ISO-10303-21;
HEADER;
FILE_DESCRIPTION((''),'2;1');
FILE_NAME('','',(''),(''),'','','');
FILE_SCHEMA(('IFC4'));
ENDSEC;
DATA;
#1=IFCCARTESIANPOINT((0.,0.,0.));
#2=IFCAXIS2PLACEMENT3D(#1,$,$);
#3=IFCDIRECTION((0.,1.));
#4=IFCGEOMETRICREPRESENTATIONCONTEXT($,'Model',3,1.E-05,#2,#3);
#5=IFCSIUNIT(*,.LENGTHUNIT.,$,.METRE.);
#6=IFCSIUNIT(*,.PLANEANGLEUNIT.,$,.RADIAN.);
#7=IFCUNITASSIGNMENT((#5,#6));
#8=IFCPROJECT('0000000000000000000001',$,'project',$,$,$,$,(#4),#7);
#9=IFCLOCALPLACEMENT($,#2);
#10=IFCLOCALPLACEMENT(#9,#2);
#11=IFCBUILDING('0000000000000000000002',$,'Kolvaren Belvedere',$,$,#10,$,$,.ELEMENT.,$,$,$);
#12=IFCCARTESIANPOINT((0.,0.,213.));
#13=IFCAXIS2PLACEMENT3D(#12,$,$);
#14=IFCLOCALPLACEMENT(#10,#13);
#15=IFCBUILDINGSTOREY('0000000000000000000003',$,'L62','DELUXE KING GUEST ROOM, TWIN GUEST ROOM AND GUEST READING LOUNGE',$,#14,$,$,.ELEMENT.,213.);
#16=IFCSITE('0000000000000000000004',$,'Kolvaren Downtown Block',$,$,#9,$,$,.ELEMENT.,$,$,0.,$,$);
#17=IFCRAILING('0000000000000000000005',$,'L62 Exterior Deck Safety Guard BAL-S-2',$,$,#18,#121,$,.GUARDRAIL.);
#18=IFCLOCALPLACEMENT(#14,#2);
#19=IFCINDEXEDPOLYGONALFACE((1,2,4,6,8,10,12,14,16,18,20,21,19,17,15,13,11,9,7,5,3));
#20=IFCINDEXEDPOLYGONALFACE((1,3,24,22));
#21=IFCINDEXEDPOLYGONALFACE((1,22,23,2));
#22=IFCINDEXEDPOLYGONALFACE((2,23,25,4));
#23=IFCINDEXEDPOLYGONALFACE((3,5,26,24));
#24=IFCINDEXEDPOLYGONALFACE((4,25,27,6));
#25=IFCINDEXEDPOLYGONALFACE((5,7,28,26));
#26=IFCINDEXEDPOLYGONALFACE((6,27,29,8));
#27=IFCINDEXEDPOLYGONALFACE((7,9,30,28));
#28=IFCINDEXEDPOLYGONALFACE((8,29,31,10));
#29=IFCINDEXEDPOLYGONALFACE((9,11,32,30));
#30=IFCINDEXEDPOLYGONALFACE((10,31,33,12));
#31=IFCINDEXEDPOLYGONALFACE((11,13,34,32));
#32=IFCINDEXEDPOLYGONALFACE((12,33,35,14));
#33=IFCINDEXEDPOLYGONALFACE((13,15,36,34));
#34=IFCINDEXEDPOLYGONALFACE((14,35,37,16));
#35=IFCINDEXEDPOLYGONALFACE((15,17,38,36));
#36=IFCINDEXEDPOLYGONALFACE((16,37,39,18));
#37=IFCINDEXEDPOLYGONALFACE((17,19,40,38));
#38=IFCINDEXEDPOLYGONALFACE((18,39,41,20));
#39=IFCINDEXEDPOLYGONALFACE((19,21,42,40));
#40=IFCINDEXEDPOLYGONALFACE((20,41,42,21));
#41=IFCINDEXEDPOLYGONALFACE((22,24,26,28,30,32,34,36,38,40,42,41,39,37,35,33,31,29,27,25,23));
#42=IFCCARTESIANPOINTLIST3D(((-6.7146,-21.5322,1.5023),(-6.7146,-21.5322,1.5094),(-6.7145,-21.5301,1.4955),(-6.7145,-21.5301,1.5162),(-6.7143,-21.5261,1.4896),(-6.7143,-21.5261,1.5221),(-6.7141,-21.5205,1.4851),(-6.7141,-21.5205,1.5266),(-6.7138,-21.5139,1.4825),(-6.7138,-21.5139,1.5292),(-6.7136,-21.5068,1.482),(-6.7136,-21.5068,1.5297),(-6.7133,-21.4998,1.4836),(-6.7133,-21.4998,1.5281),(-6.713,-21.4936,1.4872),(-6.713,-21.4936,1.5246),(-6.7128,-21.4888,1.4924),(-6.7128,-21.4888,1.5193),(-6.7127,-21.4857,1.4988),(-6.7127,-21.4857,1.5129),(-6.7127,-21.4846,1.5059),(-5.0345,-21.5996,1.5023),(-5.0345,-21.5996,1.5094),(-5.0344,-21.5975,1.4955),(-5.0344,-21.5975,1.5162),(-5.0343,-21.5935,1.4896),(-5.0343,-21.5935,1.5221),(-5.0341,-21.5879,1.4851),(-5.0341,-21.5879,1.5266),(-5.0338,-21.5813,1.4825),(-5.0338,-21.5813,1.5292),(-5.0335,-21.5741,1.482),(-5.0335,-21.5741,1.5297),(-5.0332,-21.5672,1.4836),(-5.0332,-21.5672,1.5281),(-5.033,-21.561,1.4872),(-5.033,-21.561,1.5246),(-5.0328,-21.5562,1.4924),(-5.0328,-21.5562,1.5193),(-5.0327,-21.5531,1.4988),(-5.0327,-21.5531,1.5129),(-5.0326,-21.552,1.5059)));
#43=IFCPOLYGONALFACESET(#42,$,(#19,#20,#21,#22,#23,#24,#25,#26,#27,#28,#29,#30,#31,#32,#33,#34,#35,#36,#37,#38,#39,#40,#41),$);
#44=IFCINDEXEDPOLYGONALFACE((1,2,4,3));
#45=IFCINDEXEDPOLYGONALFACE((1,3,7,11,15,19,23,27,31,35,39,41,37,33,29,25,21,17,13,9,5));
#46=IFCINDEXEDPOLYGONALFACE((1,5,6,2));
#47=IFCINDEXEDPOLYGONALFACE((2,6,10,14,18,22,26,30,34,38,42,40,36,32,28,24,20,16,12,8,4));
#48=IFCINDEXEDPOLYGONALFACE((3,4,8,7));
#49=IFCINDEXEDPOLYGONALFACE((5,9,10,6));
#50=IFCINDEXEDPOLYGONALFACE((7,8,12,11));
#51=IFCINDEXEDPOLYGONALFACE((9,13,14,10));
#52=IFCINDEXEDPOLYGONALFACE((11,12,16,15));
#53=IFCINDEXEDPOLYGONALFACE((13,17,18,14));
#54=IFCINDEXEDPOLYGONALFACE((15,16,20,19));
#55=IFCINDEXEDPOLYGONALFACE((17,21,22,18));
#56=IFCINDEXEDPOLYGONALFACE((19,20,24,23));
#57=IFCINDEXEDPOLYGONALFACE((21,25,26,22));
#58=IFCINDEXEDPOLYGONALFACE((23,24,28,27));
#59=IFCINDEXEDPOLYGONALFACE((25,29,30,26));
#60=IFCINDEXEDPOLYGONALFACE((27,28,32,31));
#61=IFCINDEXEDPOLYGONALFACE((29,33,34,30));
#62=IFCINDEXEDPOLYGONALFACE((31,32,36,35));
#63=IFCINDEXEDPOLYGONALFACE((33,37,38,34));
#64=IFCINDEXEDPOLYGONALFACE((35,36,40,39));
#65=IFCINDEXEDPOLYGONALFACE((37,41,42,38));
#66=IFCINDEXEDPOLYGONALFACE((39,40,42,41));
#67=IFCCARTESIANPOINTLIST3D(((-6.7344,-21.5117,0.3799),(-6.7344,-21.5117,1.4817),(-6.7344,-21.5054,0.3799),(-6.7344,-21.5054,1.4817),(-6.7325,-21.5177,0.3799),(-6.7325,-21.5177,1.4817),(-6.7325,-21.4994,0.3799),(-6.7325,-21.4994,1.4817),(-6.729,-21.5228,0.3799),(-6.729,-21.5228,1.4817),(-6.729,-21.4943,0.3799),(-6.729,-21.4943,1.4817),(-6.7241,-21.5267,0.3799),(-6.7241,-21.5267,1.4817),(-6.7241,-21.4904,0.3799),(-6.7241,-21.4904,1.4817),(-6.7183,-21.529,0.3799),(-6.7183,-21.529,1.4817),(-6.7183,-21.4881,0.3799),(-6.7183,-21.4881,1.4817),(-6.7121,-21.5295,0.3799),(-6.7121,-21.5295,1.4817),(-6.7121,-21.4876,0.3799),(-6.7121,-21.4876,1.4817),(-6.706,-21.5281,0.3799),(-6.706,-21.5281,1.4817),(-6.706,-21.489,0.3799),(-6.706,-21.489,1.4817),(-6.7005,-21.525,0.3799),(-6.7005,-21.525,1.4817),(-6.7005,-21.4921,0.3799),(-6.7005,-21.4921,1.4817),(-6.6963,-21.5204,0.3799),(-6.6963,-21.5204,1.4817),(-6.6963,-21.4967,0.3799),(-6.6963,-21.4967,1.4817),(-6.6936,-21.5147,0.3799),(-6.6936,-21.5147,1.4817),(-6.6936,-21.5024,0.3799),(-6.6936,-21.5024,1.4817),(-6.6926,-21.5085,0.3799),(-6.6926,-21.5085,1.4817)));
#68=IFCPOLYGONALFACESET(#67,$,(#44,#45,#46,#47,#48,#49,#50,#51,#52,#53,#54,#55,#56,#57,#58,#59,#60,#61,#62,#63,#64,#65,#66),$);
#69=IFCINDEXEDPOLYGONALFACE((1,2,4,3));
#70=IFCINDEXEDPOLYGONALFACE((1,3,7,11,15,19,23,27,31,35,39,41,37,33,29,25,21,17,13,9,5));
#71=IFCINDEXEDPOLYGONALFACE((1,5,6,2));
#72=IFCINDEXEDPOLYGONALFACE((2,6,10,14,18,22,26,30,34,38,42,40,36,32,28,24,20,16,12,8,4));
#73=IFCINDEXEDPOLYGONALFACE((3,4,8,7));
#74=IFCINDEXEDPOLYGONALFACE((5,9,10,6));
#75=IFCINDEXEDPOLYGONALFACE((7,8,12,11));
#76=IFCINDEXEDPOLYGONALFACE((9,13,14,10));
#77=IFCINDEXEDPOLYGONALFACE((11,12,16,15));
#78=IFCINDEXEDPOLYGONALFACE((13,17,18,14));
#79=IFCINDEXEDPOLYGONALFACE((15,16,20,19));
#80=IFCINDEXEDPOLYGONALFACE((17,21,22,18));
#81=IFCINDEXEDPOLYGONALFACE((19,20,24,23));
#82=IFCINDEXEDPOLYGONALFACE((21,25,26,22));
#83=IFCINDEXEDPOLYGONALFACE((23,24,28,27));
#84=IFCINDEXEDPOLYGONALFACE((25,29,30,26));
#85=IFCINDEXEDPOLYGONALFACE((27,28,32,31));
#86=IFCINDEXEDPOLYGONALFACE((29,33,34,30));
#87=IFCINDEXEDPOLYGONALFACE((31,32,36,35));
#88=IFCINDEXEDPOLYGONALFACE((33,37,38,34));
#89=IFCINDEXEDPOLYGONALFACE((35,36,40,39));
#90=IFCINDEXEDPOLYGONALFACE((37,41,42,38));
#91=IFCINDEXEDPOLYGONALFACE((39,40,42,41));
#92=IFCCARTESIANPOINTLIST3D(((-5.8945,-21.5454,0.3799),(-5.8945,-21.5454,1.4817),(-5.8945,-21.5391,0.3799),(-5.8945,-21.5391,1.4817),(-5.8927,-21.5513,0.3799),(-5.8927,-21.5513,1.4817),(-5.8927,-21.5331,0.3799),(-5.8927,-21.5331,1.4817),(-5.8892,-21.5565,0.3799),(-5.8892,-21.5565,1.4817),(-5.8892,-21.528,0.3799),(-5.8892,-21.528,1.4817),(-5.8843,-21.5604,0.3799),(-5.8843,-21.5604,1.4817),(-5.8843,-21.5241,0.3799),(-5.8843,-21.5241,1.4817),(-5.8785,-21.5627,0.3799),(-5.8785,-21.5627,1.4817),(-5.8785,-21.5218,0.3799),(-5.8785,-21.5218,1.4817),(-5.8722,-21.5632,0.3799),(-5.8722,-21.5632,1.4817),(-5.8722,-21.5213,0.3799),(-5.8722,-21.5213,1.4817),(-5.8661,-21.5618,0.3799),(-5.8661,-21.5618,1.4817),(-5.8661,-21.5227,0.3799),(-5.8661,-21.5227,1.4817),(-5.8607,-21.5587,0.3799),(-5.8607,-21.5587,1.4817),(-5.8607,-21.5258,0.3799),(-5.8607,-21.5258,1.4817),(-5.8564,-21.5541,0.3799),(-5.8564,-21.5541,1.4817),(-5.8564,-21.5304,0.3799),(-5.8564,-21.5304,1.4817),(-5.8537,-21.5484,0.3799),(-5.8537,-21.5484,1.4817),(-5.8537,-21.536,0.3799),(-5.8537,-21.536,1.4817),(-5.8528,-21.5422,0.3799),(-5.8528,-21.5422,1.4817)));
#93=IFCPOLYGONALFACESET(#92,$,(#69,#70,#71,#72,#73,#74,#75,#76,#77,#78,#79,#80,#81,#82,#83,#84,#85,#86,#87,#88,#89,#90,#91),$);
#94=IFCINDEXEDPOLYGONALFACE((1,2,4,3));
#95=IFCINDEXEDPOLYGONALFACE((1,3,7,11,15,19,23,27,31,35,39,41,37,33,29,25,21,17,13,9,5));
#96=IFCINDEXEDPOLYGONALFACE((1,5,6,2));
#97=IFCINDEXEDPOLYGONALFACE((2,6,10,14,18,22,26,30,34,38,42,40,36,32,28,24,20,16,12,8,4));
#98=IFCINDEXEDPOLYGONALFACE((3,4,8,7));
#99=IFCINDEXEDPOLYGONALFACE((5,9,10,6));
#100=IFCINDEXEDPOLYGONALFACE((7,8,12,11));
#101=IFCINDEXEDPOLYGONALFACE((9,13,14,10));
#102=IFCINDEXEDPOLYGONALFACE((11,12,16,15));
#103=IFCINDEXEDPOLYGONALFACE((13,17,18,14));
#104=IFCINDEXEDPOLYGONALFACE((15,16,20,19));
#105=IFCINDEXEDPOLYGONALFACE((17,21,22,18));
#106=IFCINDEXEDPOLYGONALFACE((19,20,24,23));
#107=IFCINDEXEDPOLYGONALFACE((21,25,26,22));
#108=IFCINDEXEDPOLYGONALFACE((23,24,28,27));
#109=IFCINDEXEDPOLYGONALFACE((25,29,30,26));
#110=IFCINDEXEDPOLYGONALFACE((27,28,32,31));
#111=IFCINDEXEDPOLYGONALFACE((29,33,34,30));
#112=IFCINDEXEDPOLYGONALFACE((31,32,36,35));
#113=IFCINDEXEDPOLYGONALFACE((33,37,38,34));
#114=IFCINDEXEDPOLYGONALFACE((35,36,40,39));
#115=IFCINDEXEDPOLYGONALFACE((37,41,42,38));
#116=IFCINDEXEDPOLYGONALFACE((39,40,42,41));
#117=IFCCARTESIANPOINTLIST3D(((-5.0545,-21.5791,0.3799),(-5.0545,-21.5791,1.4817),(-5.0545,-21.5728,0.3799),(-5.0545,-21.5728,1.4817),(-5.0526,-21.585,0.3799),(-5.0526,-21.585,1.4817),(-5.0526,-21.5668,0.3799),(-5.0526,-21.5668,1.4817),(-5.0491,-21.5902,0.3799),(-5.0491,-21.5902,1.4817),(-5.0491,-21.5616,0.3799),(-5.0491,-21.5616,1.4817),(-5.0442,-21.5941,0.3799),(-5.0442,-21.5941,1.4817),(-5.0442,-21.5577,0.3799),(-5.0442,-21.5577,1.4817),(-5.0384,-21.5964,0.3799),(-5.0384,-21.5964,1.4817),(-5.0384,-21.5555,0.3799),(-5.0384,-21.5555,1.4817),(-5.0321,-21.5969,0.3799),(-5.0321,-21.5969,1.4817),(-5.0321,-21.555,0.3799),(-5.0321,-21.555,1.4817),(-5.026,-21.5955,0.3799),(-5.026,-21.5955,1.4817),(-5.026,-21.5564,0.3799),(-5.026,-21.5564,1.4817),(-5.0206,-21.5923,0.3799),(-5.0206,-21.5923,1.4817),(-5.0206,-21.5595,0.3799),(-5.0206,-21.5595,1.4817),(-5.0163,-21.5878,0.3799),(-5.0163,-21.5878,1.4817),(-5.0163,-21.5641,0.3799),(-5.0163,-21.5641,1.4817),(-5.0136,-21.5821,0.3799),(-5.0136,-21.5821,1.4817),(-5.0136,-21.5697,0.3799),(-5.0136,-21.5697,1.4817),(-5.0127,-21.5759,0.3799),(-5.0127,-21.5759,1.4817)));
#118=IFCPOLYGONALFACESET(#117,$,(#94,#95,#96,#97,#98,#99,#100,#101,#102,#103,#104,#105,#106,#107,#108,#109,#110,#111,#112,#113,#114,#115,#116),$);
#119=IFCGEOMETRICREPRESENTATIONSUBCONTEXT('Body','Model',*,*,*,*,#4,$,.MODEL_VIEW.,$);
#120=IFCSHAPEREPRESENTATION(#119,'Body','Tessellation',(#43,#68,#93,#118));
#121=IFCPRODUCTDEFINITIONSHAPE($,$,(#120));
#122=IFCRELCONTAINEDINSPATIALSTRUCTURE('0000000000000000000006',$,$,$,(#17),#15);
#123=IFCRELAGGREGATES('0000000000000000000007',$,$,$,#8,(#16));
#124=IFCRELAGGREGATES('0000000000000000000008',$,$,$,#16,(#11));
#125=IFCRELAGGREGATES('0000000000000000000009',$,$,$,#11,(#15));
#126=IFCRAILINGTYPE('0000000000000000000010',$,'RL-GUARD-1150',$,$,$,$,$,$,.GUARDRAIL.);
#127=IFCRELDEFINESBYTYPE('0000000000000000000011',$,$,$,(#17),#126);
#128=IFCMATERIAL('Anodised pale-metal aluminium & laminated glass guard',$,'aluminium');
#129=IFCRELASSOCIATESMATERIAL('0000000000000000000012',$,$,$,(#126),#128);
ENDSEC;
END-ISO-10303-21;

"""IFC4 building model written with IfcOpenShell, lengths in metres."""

from ifc_helpers import new_model, si_unit, direction, frame, origin, origin_2d, place, context, subcontext, project, spatial, circle, extrude, material, type_object, element, save


model = new_model("IFC4")

# Units and contexts
model_context = context("Model", 3, precision=1e-05, world=origin(), true_north=direction((0.0, 1.0)))
body_context = subcontext(model_context, "Body", "Model", "MODEL_VIEW")
ifc_project = project(units=[si_unit("LENGTHUNIT", "METRE"), si_unit("PLANEANGLEUNIT", "RADIAN")], contexts=[model_context])

# Site, building, storey
site_placement = place(None, origin())
site = spatial("IfcSite", under=ifc_project, at=site_placement, Name="Kolvaren Downtown Block", CompositionType="ELEMENT", RefElevation=0.0)
building_placement = place(site_placement, origin())
building = spatial("IfcBuilding", under=site, at=building_placement, Name="Kolvaren Belvedere", CompositionType="ELEMENT")
storey_placement = place(building_placement, frame((0.0, 0.0, 213.0)))
storey = spatial("IfcBuildingStorey", under=building, at=storey_placement, Name="L62", Description="DELUXE KING GUEST ROOM, TWIN GUEST ROOM AND GUEST READING LOUNGE", CompositionType="ELEMENT", Elevation=213.0)

# Railing
ifc_material_1 = material(Name="Anodised pale-metal aluminium & laminated glass guard", Category="aluminium")
railing_type = type_object("IfcRailingType", Name="RL-GUARD-1150", PredefinedType="GUARDRAIL", material=ifc_material_1)
railing_1_placement = place(storey_placement, frame((-6.7136, -21.5085, 0.3799)))
element("IfcRailing", 1, at=railing_1_placement, inside=storey, type_object=railing_type, Name="L62 Exterior Deck Safety Guard BAL-S-2", PredefinedType="GUARDRAIL", context=body_context, shape_type="SweptSolid", body=[
    extrude(circle(Radius=0.0239, at=origin_2d()), frame((0.0, 0.0, 1.126), z_axis=(0.999197, -0.040078, 0.0), x_axis=(0.040078, 0.999197, 0.0)), (0.0, 0.0, 1.0), 1.6814),
    extrude(circle(Radius=0.021, at=origin_2d()), origin(), (0.0, 0.0, 1.0), 1.1018),
    extrude(circle(Radius=0.021, at=origin_2d()), frame((0.8398, -0.0337, 0.0)), (0.0, 0.0, 1.0), 1.1018),
    extrude(circle(Radius=0.021, at=origin_2d()), frame((1.6799, -0.0674, 0.0)), (0.0, 0.0, 1.0), 1.1018),
])

save(model, "model.ifc")
